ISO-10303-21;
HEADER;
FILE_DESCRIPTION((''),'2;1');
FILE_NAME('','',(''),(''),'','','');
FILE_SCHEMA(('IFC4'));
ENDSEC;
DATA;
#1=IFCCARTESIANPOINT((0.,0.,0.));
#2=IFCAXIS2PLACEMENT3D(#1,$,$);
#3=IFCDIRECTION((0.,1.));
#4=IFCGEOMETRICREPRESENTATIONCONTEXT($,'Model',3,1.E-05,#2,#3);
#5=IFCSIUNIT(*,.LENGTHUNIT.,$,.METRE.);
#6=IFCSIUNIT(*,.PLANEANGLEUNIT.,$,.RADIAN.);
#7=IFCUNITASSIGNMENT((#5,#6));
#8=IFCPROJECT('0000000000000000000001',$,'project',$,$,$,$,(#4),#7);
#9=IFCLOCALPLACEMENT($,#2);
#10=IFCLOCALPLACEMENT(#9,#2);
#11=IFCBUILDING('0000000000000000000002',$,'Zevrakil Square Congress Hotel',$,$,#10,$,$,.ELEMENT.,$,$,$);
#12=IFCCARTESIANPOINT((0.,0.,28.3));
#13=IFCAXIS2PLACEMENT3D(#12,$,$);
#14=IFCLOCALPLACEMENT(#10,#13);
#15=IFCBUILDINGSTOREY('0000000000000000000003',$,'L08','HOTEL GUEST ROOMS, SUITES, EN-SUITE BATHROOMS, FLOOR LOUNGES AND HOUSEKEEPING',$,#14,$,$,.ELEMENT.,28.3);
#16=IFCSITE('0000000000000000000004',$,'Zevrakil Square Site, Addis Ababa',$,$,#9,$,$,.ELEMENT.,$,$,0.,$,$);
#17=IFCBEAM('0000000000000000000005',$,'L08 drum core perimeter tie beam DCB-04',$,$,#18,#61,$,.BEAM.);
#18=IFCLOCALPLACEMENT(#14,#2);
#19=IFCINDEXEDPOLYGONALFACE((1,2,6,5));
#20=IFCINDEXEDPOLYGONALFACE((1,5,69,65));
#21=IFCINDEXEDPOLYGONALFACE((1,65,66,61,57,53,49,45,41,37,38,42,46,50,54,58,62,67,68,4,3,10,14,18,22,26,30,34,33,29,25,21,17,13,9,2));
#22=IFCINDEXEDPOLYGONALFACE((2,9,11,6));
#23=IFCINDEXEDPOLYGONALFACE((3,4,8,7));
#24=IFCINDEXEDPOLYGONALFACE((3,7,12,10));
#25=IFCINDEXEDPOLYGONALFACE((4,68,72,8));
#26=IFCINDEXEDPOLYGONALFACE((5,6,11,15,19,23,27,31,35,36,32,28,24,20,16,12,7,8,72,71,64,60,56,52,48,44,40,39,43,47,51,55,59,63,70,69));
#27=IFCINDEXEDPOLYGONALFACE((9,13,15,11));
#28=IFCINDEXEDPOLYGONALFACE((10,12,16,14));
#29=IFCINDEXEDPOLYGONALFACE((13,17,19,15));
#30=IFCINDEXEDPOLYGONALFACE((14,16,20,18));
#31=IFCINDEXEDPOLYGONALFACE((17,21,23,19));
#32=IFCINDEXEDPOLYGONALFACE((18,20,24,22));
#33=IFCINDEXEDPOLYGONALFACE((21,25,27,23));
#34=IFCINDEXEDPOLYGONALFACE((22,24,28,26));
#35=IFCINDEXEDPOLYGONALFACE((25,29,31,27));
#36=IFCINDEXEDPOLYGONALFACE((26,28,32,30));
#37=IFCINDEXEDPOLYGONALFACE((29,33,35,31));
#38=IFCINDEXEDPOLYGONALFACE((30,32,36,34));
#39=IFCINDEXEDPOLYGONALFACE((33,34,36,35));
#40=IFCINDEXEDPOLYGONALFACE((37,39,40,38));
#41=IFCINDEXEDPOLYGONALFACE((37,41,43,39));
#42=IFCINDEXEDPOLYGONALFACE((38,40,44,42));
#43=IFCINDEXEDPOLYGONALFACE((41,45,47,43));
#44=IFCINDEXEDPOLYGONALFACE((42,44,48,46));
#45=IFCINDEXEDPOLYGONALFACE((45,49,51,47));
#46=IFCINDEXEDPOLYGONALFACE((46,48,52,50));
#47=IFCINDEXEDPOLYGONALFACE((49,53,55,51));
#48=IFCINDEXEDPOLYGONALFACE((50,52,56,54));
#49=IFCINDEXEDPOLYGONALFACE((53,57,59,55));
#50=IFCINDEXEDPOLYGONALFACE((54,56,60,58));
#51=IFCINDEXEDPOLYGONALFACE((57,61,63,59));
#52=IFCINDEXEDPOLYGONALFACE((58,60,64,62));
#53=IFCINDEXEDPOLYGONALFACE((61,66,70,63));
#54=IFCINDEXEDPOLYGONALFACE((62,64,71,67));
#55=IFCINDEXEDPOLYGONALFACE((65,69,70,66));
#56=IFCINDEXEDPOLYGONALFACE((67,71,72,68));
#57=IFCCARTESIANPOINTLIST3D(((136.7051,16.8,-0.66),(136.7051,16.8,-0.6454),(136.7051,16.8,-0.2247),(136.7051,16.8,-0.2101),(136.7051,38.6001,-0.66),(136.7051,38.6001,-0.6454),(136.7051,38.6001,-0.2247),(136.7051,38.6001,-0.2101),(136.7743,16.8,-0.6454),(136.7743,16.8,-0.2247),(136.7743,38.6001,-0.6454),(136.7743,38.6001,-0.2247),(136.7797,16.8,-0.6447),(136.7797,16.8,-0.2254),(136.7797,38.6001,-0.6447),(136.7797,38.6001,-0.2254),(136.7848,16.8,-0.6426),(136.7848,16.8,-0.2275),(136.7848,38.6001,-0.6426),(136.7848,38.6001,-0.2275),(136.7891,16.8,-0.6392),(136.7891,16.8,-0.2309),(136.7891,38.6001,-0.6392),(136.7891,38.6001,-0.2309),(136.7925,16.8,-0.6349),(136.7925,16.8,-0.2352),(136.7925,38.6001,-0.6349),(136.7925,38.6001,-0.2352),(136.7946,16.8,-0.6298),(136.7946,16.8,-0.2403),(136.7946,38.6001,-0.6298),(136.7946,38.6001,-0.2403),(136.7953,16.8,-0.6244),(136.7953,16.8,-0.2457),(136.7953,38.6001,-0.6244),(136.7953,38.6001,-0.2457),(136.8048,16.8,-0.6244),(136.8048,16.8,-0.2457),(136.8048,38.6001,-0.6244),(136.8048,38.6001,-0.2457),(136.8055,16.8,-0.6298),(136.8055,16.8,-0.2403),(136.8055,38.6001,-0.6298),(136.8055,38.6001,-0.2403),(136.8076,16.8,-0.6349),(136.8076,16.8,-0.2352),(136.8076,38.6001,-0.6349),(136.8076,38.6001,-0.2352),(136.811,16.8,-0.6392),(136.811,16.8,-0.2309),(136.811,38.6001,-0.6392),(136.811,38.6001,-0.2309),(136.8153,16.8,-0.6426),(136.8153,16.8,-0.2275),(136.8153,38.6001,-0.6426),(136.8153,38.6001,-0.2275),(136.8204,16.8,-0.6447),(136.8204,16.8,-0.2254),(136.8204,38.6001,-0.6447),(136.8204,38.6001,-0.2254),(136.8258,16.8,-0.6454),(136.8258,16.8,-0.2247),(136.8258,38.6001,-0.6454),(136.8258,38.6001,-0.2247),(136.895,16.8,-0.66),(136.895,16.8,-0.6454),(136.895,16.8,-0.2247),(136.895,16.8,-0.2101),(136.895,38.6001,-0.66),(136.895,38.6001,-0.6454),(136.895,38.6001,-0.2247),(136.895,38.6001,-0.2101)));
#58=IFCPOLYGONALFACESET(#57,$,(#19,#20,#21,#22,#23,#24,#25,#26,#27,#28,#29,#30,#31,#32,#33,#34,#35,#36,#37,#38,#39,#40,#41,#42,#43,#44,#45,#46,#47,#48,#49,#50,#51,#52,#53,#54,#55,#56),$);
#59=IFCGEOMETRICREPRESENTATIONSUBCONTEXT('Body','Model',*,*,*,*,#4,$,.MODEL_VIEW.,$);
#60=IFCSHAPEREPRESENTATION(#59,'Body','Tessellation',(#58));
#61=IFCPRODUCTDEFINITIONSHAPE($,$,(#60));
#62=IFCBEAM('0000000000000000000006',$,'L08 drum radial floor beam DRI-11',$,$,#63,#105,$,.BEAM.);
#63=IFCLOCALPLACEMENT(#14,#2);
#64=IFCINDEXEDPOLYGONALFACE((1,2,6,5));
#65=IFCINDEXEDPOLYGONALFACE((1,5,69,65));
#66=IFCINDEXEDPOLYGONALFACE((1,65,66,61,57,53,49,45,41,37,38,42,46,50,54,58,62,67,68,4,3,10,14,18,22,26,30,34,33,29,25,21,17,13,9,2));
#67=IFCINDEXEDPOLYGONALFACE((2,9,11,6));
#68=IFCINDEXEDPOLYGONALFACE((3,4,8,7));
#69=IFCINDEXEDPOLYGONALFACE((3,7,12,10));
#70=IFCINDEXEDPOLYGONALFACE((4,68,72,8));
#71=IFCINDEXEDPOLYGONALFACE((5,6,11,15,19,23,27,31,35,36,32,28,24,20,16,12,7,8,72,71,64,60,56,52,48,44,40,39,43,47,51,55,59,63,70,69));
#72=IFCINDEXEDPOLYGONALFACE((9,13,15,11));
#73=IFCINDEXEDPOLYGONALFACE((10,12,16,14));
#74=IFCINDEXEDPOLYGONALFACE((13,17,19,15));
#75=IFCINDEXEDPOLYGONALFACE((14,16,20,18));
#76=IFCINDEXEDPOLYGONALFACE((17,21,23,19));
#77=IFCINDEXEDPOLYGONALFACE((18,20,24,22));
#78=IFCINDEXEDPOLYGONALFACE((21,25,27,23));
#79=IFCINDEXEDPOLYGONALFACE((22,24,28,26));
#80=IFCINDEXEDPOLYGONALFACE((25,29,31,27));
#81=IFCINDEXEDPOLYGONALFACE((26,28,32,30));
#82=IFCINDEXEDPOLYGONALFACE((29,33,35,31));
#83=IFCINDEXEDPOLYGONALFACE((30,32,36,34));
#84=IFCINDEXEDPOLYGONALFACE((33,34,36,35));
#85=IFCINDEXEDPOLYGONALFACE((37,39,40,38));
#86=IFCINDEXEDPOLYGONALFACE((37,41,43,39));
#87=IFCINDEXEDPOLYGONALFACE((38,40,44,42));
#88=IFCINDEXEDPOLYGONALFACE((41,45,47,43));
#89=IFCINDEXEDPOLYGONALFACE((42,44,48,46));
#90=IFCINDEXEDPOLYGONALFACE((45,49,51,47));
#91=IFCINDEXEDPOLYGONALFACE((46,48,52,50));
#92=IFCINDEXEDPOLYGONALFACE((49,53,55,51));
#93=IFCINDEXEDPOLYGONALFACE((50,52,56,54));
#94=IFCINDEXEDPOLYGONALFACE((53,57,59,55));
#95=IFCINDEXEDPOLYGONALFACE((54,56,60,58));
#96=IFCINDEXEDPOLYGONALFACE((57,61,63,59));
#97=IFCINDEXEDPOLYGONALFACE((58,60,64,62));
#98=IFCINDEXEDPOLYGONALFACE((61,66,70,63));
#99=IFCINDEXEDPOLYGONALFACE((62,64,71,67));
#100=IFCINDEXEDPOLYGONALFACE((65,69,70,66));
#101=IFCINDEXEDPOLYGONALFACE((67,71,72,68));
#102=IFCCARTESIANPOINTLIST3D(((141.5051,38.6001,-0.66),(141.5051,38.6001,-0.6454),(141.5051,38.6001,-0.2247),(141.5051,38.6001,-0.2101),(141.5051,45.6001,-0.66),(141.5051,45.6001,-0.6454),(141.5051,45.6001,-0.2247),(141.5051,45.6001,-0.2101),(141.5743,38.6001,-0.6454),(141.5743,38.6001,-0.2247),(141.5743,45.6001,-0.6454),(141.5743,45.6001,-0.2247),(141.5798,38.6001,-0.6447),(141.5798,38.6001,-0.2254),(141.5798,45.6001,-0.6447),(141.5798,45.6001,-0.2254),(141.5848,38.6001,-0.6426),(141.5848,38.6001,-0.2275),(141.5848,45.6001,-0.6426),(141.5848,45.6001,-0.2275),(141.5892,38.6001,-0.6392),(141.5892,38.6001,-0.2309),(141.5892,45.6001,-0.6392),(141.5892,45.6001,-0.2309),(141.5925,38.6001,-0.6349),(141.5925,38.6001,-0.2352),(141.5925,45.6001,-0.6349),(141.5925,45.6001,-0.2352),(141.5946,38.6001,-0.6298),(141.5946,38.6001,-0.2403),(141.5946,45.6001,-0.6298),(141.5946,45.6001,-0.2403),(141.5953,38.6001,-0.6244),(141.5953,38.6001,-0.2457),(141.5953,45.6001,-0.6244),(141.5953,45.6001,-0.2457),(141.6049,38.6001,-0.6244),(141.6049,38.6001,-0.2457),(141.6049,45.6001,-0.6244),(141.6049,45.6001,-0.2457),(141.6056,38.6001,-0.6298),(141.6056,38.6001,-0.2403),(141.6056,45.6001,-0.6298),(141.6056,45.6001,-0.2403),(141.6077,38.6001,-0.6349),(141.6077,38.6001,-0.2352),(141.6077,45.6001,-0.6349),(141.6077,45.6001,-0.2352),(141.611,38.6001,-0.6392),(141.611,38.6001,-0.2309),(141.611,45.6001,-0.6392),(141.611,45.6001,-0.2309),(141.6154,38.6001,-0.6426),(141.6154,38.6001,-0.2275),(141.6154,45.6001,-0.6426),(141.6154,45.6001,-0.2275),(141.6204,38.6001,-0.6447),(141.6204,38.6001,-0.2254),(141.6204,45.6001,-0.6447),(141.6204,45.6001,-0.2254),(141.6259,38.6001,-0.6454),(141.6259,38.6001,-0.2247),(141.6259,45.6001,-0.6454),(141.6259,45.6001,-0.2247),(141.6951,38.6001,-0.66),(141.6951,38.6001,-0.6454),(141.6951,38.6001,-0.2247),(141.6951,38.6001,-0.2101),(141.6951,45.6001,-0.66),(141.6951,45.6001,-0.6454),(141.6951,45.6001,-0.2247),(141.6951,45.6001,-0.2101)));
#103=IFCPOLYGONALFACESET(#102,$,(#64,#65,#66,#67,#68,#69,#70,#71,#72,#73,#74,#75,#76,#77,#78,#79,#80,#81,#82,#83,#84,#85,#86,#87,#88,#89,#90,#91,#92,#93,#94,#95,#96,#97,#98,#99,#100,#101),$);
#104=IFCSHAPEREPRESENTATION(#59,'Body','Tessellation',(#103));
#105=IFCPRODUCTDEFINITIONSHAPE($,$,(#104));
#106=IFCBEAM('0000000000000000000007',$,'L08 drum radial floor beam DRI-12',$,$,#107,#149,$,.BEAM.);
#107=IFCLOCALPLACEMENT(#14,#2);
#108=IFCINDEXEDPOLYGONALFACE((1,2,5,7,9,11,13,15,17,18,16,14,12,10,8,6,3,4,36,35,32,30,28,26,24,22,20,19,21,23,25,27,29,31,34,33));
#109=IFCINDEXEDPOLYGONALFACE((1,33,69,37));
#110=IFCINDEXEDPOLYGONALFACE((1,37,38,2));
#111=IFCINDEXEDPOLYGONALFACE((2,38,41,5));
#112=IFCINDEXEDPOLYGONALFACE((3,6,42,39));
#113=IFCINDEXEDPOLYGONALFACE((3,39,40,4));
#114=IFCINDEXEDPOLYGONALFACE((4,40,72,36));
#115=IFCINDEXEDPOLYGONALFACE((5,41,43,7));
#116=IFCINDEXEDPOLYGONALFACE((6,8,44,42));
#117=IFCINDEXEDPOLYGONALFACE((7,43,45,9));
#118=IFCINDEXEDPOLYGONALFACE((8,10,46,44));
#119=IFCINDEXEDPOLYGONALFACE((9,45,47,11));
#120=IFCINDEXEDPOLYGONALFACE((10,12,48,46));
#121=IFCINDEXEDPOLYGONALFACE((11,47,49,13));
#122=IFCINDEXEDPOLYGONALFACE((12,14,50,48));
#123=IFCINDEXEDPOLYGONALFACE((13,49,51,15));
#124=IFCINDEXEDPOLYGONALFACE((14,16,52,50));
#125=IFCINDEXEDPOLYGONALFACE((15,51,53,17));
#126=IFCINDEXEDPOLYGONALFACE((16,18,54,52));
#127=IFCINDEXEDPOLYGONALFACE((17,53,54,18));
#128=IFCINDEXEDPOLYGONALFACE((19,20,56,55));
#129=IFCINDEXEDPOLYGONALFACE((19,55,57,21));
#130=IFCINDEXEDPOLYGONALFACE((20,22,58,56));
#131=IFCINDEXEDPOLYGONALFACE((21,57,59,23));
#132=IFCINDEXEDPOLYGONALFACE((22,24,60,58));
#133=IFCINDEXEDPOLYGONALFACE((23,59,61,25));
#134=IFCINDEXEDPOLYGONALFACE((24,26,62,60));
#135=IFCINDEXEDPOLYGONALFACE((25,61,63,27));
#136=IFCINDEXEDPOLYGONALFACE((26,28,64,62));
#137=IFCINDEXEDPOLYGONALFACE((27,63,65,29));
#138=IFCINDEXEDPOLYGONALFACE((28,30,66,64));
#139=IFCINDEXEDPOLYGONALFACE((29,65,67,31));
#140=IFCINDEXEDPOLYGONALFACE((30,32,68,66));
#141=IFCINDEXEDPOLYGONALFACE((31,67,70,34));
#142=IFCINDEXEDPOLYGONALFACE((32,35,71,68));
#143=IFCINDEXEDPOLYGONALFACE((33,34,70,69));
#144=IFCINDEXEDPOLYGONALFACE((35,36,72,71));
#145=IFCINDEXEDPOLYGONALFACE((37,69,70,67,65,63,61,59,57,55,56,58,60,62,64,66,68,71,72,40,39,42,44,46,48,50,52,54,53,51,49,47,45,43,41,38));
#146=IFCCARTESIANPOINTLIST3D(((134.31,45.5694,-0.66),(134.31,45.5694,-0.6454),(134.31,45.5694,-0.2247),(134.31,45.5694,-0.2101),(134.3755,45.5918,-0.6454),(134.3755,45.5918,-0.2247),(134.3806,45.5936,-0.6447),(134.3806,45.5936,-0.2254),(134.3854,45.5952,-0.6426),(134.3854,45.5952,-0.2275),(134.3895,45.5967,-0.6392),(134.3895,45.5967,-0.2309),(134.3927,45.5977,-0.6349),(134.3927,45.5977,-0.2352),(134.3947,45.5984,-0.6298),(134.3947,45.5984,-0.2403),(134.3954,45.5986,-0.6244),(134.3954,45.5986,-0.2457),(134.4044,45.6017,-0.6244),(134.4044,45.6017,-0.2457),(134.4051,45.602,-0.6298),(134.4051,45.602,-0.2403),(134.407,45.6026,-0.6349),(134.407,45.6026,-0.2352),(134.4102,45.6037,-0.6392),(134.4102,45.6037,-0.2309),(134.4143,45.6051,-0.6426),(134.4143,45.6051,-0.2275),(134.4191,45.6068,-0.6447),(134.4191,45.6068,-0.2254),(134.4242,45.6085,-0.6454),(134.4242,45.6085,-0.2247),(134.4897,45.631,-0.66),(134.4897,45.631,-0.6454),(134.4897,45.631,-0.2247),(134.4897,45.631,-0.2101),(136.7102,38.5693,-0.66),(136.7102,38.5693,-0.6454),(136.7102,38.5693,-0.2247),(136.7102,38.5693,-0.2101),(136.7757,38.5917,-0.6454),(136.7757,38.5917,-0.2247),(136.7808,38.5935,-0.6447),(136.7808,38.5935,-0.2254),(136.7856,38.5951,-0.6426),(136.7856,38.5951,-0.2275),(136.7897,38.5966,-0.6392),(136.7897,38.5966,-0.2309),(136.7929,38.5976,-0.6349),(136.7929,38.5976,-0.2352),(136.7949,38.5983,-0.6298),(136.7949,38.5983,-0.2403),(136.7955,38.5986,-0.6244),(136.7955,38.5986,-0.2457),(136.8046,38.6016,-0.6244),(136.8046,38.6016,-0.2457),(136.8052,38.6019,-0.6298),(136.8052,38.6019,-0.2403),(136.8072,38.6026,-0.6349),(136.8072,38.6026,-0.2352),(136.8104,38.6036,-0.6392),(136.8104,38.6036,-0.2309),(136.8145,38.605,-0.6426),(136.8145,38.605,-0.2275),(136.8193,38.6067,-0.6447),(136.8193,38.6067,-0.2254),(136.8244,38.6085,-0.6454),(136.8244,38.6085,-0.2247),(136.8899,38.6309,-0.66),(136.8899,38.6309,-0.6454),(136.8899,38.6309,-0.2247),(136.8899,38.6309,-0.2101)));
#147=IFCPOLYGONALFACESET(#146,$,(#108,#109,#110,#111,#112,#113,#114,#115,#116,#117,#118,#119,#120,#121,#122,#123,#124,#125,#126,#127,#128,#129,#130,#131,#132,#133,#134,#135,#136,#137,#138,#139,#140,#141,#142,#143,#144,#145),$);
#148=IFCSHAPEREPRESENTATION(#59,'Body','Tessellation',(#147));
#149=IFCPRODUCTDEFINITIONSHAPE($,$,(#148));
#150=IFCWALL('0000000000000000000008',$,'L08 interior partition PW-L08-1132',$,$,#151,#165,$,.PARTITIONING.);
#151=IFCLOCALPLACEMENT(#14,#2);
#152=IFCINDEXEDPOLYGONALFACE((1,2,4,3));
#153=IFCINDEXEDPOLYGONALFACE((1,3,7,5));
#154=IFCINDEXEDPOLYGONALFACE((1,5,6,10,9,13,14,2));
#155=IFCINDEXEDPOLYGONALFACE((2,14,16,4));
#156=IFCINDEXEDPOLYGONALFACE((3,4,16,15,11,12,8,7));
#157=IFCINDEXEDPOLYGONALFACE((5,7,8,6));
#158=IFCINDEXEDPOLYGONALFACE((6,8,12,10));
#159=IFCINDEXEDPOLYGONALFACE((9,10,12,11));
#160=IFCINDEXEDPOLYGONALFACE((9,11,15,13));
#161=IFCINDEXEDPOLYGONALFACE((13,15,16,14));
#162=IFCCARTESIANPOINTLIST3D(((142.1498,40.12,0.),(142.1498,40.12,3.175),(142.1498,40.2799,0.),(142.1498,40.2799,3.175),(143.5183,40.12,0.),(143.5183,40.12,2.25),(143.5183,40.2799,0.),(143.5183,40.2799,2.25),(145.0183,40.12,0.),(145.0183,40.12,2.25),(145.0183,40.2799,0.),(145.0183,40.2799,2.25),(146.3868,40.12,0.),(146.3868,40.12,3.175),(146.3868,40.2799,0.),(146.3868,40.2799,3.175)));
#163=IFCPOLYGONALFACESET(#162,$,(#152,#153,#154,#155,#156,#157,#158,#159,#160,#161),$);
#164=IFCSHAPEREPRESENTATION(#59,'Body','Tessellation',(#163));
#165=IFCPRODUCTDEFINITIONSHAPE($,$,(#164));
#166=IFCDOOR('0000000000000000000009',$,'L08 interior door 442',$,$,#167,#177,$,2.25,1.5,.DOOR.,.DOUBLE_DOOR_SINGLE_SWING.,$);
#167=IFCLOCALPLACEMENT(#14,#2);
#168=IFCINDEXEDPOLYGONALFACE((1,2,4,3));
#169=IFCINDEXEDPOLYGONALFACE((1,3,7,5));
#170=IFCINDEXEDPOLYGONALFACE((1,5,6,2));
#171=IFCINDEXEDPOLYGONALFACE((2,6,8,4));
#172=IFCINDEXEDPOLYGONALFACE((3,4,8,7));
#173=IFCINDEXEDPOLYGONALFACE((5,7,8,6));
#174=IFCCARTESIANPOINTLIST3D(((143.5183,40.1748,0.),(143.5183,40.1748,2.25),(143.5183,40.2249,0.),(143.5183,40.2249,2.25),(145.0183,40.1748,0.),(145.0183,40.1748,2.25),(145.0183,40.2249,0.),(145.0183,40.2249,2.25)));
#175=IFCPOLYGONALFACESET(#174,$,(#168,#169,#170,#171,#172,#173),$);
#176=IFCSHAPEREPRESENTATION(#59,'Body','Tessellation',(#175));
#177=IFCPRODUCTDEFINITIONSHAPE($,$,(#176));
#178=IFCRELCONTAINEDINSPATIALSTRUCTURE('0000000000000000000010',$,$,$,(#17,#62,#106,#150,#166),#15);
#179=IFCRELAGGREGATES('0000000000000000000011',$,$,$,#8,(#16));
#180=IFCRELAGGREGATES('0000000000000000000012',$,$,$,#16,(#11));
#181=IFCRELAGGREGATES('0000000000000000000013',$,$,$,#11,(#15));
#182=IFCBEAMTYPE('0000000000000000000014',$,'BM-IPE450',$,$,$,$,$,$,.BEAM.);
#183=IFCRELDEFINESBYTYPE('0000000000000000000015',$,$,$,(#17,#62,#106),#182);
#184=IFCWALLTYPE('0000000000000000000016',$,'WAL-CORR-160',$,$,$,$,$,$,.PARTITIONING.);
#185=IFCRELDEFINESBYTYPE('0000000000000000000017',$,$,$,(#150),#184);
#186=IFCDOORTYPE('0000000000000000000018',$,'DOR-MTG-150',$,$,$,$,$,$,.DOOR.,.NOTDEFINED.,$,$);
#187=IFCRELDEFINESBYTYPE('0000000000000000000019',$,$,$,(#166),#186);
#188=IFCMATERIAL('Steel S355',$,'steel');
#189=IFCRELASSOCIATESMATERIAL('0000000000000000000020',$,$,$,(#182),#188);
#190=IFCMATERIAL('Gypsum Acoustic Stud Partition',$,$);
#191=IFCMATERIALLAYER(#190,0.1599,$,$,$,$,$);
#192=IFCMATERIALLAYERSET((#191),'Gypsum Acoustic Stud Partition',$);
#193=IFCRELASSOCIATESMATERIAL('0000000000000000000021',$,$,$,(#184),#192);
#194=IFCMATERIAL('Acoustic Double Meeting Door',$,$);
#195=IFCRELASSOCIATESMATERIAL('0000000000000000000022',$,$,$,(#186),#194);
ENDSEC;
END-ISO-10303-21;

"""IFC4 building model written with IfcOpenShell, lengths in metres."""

from ifc_helpers import new_model, si_unit, direction, frame, frame_2d, origin, origin_2d, place, context, subcontext, project, spatial, rectangle, i_section, extrude, material, layer, layer_set, material_profile, profile_set, type_object, element, fill, save


model = new_model("IFC4")

# Units and contexts
model_context = context("Model", 3, precision=1e-05, world=origin(), true_north=direction((0.0, 1.0)))
body_context = subcontext(model_context, "Body", "Model", "MODEL_VIEW")
ifc_project = project(units=[si_unit("LENGTHUNIT", "METRE"), si_unit("PLANEANGLEUNIT", "RADIAN")], contexts=[model_context])

# Site, building, storey
site_placement = place(None, origin())
site = spatial("IfcSite", under=ifc_project, at=site_placement, Name="Zevrakil Square Site, Addis Ababa", CompositionType="ELEMENT", RefElevation=0.0)
building_placement = place(site_placement, origin())
building = spatial("IfcBuilding", under=site, at=building_placement, Name="Zevrakil Square Congress Hotel", CompositionType="ELEMENT")
storey_placement = place(building_placement, frame((0.0, 0.0, 28.3)))
storey = spatial("IfcBuildingStorey", under=building, at=storey_placement, Name="L08", Description="HOTEL GUEST ROOMS, SUITES, EN-SUITE BATHROOMS, FLOOR LOUNGES AND HOUSEKEEPING", CompositionType="ELEMENT", Elevation=28.3)

# Beams
ifc_material_1 = material(Name="Steel S355", Category="steel")
ifc_material_profile = material_profile(ifc_material_1, i_section(OverallWidth=0.1899, OverallDepth=0.45, WebThickness=0.0095, FlangeThickness=0.0146, FilletRadius=0.021, at=origin_2d()), Name="IPE 450")
ifc_profile_set = profile_set([ifc_material_profile], Name="Steel S355")
beam_type = type_object("IfcBeamType", Name="BM-IPE450", PredefinedType="BEAM", material=ifc_profile_set)
beam_1_placement = place(storey_placement, frame((136.8, 38.6001, -0.4351), z_axis=(0.0, -1.0, 0.0), x_axis=(1.0, 0.0, 0.0)))
element("IfcBeam", 1, at=beam_1_placement, inside=storey, type_object=beam_type, Name="L08 drum core perimeter tie beam DCB-04", PredefinedType="BEAM", context=body_context, shape_type="SweptSolid", body=[
    extrude(i_section(OverallWidth=0.1899, OverallDepth=0.45, WebThickness=0.0095, FlangeThickness=0.0146, FilletRadius=0.021, at=origin_2d()), origin(), (0.0, 0.0, 1.0), 21.8),
])
beam_2_placement = place(storey_placement, frame((141.6001, 38.6001, -0.4351), z_axis=(0.0, 1.0, 0.0), x_axis=(-1.0, 0.0, 0.0)))
element("IfcBeam", 2, at=beam_2_placement, inside=storey, type_object=beam_type, Name="L08 drum radial floor beam DRI-11", PredefinedType="BEAM", context=body_context, shape_type="SweptSolid", body=[
    extrude(i_section(OverallWidth=0.1899, OverallDepth=0.45, WebThickness=0.0095, FlangeThickness=0.0146, FilletRadius=0.021, at=origin_2d()), origin(), (0.0, 0.0, 1.0), 7.0),
])
beam_3_placement = place(storey_placement, frame((136.8, 38.6001, -0.4351), z_axis=(-0.324342, 0.94594, 0.0), x_axis=(-0.94594, -0.324342, 0.0)))
element("IfcBeam", 3, at=beam_3_placement, inside=storey, type_object=beam_type, Name="L08 drum radial floor beam DRI-12", PredefinedType="BEAM", context=body_context, shape_type="SweptSolid", body=[
    extrude(i_section(OverallWidth=0.1899, OverallDepth=0.45, WebThickness=0.0095, FlangeThickness=0.0146, FilletRadius=0.021, at=origin_2d()), origin(), (0.0, 0.0, 1.0), 7.4001),
])

# Wall, opening, door
ifc_material_2 = material(Name="Gypsum Acoustic Stud Partition")
ifc_layer_1 = layer(ifc_material_2, 0.1599)
ifc_layer_set_1 = layer_set([ifc_layer_1], Name="Gypsum Acoustic Stud Partition")
wall_type_1 = type_object("IfcWallType", Name="WAL-CORR-160", PredefinedType="PARTITIONING", material=ifc_layer_set_1)
wall_1_placement = place(storey_placement, frame((142.1497, 40.2, 0.0), z_axis=(0.0, 0.0, 1.0), x_axis=(1.0, 0.0, 0.0)))
wall_1 = element("IfcWall", 4, at=wall_1_placement, inside=storey, type_object=wall_type_1, Name="L08 interior partition PW-L08-1132", PredefinedType="PARTITIONING", context=body_context, shape_type="SweptSolid", body=[
    extrude(rectangle(XDim=4.2371, YDim=0.1599, at=frame_2d((2.1187, 0.0))), origin(), (0.0, 0.0, 1.0), 3.175),
])
opening_1_placement = place(wall_1_placement, frame((1.3687, 0.0, 0.0)))
opening_1 = element("IfcOpeningElement", 5, at=opening_1_placement, cuts=wall_1, PredefinedType="OPENING", context=body_context, shape_type="SweptSolid", body=[
    extrude(rectangle(XDim=1.5, YDim=2.25, at=frame_2d((0.75, 1.125))), frame((0.0, 0.0898, 0.0), z_axis=(0.0, -1.0, 0.0), x_axis=(1.0, 0.0, 0.0)), (0.0, 0.0, 1.0), 0.1799),
])
ifc_material_3 = material(Name="Acoustic Double Meeting Door")
door_type_1 = type_object("IfcDoorType", Name="DOR-MTG-150", OperationType="NOTDEFINED", PredefinedType="DOOR", material=ifc_material_3)
door_1_placement = place(opening_1_placement, origin())
door_1 = element("IfcDoor", 6, at=door_1_placement, inside=storey, type_object=door_type_1, Name="L08 interior door 442", OperationType="DOUBLE_DOOR_SINGLE_SWING", OverallHeight=2.25, OverallWidth=1.5, PredefinedType="DOOR", context=body_context, shape_type="SweptSolid", body=[
    extrude(rectangle(XDim=1.5, YDim=2.25, at=frame_2d((0.75, 1.125))), frame((0.0, 0.0249, 0.0), z_axis=(0.0, -1.0, 0.0), x_axis=(1.0, 0.0, 0.0)), (0.0, 0.0, 1.0), 0.05),
])
fill(opening_1, door_1)

save(model, "model.ifc")
